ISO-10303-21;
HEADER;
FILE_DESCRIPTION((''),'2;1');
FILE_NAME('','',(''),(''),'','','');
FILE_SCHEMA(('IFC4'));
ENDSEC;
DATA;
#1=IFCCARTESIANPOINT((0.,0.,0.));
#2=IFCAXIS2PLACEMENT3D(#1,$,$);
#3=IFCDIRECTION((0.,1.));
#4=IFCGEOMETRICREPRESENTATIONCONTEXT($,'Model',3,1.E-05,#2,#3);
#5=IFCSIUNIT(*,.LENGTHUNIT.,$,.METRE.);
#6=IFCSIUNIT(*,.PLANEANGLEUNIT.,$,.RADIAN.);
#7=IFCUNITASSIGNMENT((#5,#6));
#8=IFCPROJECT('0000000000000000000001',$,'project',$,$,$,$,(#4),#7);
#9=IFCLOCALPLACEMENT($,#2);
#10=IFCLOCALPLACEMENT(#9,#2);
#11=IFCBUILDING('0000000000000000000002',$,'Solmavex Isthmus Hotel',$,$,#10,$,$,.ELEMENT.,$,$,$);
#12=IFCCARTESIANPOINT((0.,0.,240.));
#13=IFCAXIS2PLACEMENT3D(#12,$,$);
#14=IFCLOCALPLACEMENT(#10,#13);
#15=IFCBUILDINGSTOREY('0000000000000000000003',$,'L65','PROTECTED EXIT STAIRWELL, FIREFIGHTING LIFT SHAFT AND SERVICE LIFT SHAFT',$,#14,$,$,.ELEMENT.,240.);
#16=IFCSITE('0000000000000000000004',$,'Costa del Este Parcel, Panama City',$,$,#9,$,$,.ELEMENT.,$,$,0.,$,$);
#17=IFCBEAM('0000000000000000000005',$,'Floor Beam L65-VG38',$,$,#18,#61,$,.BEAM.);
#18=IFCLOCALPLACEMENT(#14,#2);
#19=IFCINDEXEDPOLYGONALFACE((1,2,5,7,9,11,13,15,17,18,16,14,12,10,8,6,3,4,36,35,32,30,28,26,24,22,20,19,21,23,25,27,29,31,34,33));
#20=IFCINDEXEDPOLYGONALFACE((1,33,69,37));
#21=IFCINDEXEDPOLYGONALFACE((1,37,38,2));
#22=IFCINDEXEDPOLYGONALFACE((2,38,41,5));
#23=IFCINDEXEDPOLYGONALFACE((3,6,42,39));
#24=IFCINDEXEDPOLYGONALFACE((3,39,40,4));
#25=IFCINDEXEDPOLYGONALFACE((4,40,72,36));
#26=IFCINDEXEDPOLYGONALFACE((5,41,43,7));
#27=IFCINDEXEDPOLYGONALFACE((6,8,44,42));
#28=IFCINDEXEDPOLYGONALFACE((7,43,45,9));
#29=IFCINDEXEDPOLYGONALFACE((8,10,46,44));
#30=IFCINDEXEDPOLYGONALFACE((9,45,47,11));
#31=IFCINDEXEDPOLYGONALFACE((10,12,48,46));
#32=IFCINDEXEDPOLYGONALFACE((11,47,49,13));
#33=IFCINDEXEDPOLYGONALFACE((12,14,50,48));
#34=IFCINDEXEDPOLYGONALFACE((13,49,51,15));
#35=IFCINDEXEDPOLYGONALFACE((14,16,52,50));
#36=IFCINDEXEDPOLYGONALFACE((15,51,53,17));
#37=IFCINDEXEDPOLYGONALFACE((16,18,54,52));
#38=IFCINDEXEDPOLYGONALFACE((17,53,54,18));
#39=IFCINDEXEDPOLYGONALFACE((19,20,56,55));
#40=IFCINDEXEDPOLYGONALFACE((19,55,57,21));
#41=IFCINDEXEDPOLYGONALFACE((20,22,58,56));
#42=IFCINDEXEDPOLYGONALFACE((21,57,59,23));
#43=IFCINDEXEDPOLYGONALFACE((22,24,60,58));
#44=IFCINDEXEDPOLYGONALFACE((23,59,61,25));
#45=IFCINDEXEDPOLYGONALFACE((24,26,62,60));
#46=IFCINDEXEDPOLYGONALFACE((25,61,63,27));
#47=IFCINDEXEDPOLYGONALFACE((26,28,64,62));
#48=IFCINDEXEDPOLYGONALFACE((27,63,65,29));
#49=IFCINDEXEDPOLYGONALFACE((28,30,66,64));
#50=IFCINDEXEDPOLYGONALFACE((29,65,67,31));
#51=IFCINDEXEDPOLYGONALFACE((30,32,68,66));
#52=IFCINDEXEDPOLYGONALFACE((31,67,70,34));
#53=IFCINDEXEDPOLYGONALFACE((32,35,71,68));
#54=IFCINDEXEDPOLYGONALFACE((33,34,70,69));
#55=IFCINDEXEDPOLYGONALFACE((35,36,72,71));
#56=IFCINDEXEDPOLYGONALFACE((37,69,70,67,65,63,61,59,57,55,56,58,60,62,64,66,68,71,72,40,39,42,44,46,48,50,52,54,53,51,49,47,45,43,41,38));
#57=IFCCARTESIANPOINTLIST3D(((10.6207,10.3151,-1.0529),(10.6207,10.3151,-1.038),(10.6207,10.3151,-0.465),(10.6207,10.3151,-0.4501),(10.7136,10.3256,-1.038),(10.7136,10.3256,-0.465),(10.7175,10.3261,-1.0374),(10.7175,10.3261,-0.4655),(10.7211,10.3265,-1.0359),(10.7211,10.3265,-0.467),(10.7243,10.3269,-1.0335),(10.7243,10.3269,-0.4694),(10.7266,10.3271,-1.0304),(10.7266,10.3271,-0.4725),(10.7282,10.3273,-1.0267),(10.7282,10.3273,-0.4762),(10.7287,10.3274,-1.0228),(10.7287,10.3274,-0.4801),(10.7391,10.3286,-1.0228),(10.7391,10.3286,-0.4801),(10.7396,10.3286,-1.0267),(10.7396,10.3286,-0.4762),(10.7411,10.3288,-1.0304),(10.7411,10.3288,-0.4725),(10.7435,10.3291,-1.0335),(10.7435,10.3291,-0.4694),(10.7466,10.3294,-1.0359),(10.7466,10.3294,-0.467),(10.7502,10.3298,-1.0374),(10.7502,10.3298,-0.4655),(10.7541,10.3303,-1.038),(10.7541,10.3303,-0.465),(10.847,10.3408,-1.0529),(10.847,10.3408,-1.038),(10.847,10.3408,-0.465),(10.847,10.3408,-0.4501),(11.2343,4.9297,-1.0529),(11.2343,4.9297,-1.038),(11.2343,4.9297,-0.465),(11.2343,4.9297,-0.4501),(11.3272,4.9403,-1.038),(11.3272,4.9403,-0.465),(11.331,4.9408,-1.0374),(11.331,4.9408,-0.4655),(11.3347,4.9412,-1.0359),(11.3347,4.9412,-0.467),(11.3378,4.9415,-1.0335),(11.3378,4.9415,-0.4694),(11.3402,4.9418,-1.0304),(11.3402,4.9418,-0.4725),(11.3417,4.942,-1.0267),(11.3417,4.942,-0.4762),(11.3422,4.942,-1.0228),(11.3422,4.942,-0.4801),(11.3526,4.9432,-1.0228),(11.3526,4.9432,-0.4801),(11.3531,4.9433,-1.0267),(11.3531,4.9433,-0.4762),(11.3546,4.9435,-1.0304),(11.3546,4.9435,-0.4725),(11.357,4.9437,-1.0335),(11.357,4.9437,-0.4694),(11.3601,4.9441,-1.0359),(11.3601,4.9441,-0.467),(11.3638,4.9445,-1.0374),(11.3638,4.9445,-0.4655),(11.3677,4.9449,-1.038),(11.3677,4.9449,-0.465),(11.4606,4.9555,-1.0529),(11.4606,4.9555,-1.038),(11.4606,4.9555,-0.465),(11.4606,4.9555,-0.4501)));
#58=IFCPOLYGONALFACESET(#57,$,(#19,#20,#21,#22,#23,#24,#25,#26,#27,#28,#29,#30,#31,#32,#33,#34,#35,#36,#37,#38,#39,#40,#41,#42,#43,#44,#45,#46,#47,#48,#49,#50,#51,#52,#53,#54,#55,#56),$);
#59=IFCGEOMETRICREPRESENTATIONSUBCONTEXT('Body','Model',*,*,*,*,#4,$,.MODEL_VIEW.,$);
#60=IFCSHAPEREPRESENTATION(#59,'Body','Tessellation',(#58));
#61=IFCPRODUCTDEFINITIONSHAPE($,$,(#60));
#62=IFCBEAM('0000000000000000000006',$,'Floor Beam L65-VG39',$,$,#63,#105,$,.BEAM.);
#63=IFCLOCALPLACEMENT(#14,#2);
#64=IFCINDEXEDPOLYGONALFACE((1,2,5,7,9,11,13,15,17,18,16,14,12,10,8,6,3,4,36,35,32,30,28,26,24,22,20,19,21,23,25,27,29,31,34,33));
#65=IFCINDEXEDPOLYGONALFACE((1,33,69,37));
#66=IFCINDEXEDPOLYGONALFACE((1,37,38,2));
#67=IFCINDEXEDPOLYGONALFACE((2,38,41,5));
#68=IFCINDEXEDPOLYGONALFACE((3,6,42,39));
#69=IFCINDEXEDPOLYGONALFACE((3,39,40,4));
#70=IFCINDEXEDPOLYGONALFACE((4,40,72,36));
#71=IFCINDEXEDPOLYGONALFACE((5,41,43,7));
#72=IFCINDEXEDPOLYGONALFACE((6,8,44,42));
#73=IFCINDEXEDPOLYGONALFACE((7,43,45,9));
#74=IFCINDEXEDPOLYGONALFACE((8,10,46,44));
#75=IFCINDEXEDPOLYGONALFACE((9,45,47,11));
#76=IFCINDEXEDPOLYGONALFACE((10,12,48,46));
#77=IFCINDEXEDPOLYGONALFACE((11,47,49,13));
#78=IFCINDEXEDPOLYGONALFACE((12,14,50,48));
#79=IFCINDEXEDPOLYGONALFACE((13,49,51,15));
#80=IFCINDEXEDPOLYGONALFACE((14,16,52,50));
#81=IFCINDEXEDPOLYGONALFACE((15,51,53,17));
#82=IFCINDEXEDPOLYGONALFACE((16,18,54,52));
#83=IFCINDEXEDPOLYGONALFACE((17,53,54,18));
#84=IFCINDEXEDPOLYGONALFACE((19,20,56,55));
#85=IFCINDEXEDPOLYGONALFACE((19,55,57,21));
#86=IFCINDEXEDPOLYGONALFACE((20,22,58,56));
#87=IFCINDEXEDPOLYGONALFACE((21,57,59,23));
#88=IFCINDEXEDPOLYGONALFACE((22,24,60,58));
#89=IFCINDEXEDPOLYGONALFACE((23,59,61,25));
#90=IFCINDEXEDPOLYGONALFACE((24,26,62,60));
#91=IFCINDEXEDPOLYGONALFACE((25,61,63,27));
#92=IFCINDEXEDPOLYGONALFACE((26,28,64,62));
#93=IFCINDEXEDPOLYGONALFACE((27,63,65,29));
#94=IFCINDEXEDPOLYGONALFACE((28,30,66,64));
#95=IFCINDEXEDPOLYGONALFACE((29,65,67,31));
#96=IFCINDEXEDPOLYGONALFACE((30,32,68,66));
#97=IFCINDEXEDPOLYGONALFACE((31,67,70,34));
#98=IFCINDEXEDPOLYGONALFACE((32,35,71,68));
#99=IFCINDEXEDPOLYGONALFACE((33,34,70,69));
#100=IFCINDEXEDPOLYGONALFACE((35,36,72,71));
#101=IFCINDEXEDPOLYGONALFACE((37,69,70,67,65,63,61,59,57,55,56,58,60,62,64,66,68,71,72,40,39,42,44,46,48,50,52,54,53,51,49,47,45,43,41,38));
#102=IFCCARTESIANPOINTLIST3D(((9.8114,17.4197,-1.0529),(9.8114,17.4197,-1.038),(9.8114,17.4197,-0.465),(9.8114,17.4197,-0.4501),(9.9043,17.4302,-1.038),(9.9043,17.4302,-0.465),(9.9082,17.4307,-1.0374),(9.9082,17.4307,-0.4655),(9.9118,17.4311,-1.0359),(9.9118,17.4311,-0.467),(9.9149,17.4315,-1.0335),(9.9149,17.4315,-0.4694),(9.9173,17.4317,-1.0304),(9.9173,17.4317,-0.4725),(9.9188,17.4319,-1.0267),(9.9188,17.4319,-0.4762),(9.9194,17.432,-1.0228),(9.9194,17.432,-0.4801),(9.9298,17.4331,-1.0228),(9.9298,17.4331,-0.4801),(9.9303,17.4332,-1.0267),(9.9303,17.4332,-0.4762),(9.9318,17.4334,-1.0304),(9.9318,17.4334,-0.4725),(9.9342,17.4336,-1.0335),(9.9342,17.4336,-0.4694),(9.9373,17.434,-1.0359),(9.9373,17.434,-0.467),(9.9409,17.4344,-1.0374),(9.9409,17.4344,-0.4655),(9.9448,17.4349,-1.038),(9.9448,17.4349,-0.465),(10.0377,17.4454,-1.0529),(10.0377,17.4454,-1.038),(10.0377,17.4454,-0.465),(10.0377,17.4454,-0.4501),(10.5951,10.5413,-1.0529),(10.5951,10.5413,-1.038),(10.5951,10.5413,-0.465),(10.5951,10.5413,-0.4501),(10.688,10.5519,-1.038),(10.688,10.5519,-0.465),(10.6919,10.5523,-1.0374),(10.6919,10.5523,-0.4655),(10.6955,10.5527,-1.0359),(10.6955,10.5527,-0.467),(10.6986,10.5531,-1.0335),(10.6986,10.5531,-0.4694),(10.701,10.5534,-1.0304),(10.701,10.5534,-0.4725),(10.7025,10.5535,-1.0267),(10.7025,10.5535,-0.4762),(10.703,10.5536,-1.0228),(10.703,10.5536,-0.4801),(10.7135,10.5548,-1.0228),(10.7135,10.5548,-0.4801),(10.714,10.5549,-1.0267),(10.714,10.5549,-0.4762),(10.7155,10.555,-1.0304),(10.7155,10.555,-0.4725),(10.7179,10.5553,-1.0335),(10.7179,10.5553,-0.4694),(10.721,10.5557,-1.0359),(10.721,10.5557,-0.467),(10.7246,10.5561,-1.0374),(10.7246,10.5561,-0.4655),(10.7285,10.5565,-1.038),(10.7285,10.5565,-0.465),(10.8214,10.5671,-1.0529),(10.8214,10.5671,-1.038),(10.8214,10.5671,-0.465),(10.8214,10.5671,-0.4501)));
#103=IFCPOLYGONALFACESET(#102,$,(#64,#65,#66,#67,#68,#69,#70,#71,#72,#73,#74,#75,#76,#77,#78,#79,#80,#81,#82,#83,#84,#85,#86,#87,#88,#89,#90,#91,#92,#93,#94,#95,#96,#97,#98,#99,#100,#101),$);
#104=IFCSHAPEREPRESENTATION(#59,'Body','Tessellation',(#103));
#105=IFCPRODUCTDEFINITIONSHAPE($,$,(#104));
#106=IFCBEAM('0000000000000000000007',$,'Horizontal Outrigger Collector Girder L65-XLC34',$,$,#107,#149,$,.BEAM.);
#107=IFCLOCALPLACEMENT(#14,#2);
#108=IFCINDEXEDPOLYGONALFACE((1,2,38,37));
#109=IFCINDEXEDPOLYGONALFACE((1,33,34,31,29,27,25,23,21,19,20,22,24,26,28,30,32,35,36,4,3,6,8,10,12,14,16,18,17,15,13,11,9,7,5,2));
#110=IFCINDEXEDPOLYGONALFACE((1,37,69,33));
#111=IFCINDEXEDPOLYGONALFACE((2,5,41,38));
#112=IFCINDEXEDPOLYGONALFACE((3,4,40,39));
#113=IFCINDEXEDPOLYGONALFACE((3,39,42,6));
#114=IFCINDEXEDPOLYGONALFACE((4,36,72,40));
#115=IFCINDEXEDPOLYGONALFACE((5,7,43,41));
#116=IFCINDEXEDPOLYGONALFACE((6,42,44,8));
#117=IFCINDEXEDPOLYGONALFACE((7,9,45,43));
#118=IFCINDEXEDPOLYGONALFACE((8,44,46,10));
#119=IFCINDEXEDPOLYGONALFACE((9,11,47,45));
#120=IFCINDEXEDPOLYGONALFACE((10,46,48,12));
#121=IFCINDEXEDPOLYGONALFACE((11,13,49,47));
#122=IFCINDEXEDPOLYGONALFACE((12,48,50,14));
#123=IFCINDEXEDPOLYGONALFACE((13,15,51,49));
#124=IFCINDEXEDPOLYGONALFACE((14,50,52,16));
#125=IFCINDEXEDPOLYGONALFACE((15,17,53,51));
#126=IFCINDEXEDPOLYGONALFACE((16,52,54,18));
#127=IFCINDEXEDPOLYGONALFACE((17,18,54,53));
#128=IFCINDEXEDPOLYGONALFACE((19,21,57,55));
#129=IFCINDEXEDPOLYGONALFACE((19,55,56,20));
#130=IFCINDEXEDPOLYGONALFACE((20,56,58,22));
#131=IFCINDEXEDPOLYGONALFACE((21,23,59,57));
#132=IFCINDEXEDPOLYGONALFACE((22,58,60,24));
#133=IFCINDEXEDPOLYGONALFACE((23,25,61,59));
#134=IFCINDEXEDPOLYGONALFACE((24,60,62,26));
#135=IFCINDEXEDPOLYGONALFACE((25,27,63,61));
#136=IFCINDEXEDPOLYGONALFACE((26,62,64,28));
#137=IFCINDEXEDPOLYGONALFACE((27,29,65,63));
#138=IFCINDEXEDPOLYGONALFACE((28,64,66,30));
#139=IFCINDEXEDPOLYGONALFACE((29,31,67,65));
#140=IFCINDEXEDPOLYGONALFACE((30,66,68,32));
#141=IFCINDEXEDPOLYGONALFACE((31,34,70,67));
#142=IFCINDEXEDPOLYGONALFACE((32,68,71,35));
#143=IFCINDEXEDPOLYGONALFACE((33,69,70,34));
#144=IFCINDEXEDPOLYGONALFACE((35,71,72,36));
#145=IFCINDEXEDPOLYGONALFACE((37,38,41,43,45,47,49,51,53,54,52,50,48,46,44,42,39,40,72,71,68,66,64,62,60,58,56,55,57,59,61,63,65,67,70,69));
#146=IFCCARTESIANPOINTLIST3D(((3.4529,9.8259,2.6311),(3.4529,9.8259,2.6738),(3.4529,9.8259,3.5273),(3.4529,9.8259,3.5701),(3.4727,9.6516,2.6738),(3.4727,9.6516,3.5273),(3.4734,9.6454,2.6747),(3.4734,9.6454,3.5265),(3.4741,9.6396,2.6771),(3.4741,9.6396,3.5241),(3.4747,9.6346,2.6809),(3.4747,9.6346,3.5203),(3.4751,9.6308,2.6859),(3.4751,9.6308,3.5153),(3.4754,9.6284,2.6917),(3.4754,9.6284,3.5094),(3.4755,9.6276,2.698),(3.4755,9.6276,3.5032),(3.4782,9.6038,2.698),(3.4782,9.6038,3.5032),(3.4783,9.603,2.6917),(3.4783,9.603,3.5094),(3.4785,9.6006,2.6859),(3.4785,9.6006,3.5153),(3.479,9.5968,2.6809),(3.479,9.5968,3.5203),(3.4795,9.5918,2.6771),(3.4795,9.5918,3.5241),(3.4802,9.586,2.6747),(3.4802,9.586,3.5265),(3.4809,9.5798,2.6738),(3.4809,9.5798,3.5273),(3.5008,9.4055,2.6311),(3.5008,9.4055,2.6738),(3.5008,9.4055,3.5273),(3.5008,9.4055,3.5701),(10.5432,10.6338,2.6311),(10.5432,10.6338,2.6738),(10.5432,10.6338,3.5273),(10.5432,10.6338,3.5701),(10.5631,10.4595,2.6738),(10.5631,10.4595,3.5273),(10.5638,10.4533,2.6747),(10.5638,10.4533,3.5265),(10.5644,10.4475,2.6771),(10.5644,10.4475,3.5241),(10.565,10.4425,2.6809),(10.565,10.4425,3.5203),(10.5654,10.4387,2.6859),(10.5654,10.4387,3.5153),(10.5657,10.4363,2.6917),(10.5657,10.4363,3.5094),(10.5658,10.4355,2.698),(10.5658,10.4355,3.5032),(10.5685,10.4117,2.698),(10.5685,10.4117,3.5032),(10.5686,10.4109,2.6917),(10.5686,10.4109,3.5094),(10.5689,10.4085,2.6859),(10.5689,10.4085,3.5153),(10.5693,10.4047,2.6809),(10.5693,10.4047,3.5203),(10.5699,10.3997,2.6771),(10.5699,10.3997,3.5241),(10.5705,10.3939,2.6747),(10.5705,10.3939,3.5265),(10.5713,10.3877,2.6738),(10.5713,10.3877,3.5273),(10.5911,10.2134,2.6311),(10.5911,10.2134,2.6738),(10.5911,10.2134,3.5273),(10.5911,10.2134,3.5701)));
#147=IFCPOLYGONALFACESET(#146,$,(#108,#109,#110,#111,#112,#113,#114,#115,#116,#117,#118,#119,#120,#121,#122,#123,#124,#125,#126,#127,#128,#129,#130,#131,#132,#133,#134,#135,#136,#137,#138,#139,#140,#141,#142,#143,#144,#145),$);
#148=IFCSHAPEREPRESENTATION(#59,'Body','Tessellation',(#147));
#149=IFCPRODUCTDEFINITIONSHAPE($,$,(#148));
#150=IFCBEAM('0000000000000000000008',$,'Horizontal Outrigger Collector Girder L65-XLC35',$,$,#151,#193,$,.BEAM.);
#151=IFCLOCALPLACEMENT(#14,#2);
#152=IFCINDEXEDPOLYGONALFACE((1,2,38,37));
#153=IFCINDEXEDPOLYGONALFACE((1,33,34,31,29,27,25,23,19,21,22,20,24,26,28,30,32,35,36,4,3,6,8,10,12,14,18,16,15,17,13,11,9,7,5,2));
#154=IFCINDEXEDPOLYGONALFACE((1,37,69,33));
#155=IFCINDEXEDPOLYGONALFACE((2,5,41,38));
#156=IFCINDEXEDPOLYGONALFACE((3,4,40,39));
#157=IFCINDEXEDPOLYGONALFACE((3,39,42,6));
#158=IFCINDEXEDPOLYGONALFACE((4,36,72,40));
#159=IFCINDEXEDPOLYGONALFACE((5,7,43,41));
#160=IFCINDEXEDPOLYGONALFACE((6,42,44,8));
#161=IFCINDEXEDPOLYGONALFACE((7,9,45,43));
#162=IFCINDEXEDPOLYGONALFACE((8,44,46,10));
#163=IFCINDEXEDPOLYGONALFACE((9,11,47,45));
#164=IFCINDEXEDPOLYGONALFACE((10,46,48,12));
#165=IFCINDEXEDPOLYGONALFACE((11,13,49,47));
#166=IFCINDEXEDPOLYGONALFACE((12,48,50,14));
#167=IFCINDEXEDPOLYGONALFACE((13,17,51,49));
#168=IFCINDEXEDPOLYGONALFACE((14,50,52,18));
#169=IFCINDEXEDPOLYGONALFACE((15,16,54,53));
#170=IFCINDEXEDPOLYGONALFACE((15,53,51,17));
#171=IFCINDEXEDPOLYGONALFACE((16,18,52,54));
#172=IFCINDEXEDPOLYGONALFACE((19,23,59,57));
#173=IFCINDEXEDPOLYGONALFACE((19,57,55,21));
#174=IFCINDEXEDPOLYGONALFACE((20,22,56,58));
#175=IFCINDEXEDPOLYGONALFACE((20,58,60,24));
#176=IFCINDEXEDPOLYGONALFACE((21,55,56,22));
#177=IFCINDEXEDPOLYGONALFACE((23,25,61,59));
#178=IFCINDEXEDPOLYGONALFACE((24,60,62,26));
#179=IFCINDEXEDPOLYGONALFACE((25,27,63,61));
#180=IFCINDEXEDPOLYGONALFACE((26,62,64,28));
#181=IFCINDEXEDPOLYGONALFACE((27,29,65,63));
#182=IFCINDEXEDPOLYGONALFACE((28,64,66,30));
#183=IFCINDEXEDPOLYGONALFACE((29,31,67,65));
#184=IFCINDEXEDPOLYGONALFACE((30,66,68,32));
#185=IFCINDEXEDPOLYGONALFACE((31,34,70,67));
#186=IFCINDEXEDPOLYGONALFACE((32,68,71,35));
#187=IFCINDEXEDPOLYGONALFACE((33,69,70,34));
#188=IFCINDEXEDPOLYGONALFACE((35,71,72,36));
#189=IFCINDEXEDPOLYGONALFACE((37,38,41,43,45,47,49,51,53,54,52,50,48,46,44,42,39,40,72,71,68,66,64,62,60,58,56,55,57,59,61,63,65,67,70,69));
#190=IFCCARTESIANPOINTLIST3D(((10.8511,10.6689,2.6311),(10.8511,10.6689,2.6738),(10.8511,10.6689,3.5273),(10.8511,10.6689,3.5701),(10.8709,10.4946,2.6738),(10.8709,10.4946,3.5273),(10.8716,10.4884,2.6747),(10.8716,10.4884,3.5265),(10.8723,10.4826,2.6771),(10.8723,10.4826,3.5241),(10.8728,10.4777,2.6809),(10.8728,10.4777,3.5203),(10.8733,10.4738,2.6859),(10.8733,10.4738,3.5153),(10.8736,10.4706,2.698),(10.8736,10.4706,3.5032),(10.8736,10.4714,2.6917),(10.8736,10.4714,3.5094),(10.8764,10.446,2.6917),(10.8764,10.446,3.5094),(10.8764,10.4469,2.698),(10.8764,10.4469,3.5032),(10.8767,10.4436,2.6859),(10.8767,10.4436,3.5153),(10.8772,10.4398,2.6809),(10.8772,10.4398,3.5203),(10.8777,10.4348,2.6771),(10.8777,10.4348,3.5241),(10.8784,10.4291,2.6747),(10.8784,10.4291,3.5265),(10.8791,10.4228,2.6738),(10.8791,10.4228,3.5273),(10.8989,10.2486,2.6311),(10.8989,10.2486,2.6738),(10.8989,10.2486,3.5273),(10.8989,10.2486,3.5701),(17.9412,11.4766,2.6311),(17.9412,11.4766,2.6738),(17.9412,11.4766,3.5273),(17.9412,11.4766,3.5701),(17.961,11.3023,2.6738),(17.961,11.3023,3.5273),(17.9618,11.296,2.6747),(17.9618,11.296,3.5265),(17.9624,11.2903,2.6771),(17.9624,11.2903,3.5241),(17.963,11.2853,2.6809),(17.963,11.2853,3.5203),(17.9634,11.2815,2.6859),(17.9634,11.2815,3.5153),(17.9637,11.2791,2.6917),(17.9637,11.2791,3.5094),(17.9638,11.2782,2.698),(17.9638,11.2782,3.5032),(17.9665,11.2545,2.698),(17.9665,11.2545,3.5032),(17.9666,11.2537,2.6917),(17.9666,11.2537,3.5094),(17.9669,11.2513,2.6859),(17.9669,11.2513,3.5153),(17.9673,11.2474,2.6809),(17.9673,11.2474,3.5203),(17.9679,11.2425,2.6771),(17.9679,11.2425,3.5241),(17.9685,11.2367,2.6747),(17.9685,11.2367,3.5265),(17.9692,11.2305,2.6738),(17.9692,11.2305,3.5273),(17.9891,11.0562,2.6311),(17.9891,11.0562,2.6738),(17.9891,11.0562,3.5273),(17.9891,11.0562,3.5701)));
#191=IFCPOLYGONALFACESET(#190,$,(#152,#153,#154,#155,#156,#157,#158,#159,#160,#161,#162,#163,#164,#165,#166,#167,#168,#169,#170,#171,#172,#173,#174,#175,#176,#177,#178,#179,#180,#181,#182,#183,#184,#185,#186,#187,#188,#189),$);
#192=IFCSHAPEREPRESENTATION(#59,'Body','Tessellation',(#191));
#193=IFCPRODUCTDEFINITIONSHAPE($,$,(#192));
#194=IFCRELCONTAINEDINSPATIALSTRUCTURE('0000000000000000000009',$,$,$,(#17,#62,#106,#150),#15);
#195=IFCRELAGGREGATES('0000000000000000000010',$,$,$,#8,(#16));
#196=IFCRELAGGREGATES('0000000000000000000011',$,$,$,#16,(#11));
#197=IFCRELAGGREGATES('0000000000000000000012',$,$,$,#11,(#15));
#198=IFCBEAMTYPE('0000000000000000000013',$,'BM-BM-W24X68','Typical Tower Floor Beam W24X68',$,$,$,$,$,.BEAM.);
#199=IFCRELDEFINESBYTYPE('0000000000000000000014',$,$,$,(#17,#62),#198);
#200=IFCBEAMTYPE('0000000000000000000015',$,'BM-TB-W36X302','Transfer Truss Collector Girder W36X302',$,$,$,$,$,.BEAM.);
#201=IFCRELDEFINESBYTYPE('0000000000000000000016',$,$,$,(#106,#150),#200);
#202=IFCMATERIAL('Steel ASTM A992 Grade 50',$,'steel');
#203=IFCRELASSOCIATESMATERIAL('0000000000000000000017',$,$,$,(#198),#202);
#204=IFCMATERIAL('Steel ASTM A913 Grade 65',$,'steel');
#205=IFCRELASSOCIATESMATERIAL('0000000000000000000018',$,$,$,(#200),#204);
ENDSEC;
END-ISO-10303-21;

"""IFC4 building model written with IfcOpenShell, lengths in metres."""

from ifc_helpers import new_model, si_unit, direction, frame, origin, origin_2d, place, context, subcontext, project, spatial, i_section, extrude, material, material_profile, profile_set, type_object, element, save


model = new_model("IFC4")

# Units and contexts
model_context = context("Model", 3, precision=1e-05, world=origin(), true_north=direction((0.0, 1.0)))
body_context = subcontext(model_context, "Body", "Model", "MODEL_VIEW")
ifc_project = project(units=[si_unit("LENGTHUNIT", "METRE"), si_unit("PLANEANGLEUNIT", "RADIAN")], contexts=[model_context])

# Site, building, storey
site_placement = place(None, origin())
site = spatial("IfcSite", under=ifc_project, at=site_placement, Name="Costa del Este Parcel, Panama City", CompositionType="ELEMENT", RefElevation=0.0)
building_placement = place(site_placement, origin())
building = spatial("IfcBuilding", under=site, at=building_placement, Name="Solmavex Isthmus Hotel", CompositionType="ELEMENT")
storey_placement = place(building_placement, frame((0.0, 0.0, 240.0)))
storey = spatial("IfcBuildingStorey", under=building, at=storey_placement, Name="L65", Description="PROTECTED EXIT STAIRWELL, FIREFIGHTING LIFT SHAFT AND SERVICE LIFT SHAFT", CompositionType="ELEMENT", Elevation=240.0)

# Shared definitions
ifc_material_1 = material(Name="Steel ASTM A913 Grade 65", Category="steel")

# Beams
ifc_material_2 = material(Name="Steel ASTM A992 Grade 50", Category="steel")
ifc_material_profile_1 = material_profile(ifc_material_2, i_section(OverallWidth=0.2278, OverallDepth=0.6028, WebThickness=0.0105, FlangeThickness=0.0149, FilletRadius=0.0151, at=origin_2d()), Name="W24X68")
ifc_profile_set_1 = profile_set([ifc_material_profile_1], Name="Steel ASTM A992 Grade 50")
beam_type_1 = type_object("IfcBeamType", Name="BM-BM-W24X68", Description="Typical Tower Floor Beam W24X68", PredefinedType="BEAM", material=ifc_profile_set_1)
beam_1_placement = place(storey_placement, frame((11.3474, 4.9426, -0.7515), z_axis=(-0.113195, 0.993573, 0.0), x_axis=(-0.993573, -0.113195, 0.0)))
element("IfcBeam", 1, at=beam_1_placement, inside=storey, type_object=beam_type_1, Name="Floor Beam L65-VG38", PredefinedType="BEAM", context=body_context, shape_type="SweptSolid", body=[
    extrude(i_section(OverallWidth=0.2278, OverallDepth=0.6028, WebThickness=0.0105, FlangeThickness=0.0149, FilletRadius=0.0151, at=origin_2d()), origin(), (0.0, 0.0, 1.0), 5.4202),
])
beam_2_placement = place(storey_placement, frame((10.7083, 10.5542, -0.7515), z_axis=(-0.113202, 0.993572, 0.0), x_axis=(-0.993572, -0.113202, 0.0)))
element("IfcBeam", 2, at=beam_2_placement, inside=storey, type_object=beam_type_1, Name="Floor Beam L65-VG39", PredefinedType="BEAM", context=body_context, shape_type="SweptSolid", body=[
    extrude(i_section(OverallWidth=0.2278, OverallDepth=0.6028, WebThickness=0.0105, FlangeThickness=0.0149, FilletRadius=0.0151, at=origin_2d()), origin(), (0.0, 0.0, 1.0), 6.9229),
])
ifc_material_profile_2 = material_profile(ifc_material_1, i_section(OverallWidth=0.4231, OverallDepth=0.939, WebThickness=0.0239, FlangeThickness=0.0427, FilletRadius=0.0242, at=origin_2d()), Name="W36X302")
ifc_profile_set_2 = profile_set([ifc_material_profile_2], Name="Steel ASTM A913 Grade 65")
beam_type_2 = type_object("IfcBeamType", Name="BM-TB-W36X302", Description="Transfer Truss Collector Girder W36X302", PredefinedType="BEAM", material=ifc_profile_set_2)
beam_3_placement = place(storey_placement, frame((3.4768, 9.6157, 3.1006), z_axis=(0.993572, 0.113206, 0.0), x_axis=(-0.113206, 0.993572, 0.0)))
element("IfcBeam", 3, at=beam_3_placement, inside=storey, type_object=beam_type_2, Name="Horizontal Outrigger Collector Girder L65-XLC34", PredefinedType="BEAM", context=body_context, shape_type="SweptSolid", body=[
    extrude(i_section(OverallWidth=0.4231, OverallDepth=0.939, WebThickness=0.0239, FlangeThickness=0.0427, FilletRadius=0.0242, at=origin_2d()), origin(), (0.0, 0.0, 1.0), 7.1362),
])
for number, where, z_axis, x_axis, name in (
    (4, (10.875, 10.4587, 3.1006), (0.993575, 0.113176, 0.0), (-0.113176, 0.993575, 0.0), "Horizontal Outrigger Collector Girder L65-XLC35"),
):
    element("IfcBeam", number, at=place(storey_placement, frame(where, z_axis=z_axis, x_axis=x_axis)), inside=storey, type_object=beam_type_2, Name=name, PredefinedType="BEAM", context=body_context, shape_type="SweptSolid", body=[
        extrude(i_section(OverallWidth=0.4231, OverallDepth=0.939, WebThickness=0.0239, FlangeThickness=0.0427, FilletRadius=0.0242, at=origin_2d()), origin(), (0.0, 0.0, 1.0), 7.136),
    ])

save(model, "model.ifc")
